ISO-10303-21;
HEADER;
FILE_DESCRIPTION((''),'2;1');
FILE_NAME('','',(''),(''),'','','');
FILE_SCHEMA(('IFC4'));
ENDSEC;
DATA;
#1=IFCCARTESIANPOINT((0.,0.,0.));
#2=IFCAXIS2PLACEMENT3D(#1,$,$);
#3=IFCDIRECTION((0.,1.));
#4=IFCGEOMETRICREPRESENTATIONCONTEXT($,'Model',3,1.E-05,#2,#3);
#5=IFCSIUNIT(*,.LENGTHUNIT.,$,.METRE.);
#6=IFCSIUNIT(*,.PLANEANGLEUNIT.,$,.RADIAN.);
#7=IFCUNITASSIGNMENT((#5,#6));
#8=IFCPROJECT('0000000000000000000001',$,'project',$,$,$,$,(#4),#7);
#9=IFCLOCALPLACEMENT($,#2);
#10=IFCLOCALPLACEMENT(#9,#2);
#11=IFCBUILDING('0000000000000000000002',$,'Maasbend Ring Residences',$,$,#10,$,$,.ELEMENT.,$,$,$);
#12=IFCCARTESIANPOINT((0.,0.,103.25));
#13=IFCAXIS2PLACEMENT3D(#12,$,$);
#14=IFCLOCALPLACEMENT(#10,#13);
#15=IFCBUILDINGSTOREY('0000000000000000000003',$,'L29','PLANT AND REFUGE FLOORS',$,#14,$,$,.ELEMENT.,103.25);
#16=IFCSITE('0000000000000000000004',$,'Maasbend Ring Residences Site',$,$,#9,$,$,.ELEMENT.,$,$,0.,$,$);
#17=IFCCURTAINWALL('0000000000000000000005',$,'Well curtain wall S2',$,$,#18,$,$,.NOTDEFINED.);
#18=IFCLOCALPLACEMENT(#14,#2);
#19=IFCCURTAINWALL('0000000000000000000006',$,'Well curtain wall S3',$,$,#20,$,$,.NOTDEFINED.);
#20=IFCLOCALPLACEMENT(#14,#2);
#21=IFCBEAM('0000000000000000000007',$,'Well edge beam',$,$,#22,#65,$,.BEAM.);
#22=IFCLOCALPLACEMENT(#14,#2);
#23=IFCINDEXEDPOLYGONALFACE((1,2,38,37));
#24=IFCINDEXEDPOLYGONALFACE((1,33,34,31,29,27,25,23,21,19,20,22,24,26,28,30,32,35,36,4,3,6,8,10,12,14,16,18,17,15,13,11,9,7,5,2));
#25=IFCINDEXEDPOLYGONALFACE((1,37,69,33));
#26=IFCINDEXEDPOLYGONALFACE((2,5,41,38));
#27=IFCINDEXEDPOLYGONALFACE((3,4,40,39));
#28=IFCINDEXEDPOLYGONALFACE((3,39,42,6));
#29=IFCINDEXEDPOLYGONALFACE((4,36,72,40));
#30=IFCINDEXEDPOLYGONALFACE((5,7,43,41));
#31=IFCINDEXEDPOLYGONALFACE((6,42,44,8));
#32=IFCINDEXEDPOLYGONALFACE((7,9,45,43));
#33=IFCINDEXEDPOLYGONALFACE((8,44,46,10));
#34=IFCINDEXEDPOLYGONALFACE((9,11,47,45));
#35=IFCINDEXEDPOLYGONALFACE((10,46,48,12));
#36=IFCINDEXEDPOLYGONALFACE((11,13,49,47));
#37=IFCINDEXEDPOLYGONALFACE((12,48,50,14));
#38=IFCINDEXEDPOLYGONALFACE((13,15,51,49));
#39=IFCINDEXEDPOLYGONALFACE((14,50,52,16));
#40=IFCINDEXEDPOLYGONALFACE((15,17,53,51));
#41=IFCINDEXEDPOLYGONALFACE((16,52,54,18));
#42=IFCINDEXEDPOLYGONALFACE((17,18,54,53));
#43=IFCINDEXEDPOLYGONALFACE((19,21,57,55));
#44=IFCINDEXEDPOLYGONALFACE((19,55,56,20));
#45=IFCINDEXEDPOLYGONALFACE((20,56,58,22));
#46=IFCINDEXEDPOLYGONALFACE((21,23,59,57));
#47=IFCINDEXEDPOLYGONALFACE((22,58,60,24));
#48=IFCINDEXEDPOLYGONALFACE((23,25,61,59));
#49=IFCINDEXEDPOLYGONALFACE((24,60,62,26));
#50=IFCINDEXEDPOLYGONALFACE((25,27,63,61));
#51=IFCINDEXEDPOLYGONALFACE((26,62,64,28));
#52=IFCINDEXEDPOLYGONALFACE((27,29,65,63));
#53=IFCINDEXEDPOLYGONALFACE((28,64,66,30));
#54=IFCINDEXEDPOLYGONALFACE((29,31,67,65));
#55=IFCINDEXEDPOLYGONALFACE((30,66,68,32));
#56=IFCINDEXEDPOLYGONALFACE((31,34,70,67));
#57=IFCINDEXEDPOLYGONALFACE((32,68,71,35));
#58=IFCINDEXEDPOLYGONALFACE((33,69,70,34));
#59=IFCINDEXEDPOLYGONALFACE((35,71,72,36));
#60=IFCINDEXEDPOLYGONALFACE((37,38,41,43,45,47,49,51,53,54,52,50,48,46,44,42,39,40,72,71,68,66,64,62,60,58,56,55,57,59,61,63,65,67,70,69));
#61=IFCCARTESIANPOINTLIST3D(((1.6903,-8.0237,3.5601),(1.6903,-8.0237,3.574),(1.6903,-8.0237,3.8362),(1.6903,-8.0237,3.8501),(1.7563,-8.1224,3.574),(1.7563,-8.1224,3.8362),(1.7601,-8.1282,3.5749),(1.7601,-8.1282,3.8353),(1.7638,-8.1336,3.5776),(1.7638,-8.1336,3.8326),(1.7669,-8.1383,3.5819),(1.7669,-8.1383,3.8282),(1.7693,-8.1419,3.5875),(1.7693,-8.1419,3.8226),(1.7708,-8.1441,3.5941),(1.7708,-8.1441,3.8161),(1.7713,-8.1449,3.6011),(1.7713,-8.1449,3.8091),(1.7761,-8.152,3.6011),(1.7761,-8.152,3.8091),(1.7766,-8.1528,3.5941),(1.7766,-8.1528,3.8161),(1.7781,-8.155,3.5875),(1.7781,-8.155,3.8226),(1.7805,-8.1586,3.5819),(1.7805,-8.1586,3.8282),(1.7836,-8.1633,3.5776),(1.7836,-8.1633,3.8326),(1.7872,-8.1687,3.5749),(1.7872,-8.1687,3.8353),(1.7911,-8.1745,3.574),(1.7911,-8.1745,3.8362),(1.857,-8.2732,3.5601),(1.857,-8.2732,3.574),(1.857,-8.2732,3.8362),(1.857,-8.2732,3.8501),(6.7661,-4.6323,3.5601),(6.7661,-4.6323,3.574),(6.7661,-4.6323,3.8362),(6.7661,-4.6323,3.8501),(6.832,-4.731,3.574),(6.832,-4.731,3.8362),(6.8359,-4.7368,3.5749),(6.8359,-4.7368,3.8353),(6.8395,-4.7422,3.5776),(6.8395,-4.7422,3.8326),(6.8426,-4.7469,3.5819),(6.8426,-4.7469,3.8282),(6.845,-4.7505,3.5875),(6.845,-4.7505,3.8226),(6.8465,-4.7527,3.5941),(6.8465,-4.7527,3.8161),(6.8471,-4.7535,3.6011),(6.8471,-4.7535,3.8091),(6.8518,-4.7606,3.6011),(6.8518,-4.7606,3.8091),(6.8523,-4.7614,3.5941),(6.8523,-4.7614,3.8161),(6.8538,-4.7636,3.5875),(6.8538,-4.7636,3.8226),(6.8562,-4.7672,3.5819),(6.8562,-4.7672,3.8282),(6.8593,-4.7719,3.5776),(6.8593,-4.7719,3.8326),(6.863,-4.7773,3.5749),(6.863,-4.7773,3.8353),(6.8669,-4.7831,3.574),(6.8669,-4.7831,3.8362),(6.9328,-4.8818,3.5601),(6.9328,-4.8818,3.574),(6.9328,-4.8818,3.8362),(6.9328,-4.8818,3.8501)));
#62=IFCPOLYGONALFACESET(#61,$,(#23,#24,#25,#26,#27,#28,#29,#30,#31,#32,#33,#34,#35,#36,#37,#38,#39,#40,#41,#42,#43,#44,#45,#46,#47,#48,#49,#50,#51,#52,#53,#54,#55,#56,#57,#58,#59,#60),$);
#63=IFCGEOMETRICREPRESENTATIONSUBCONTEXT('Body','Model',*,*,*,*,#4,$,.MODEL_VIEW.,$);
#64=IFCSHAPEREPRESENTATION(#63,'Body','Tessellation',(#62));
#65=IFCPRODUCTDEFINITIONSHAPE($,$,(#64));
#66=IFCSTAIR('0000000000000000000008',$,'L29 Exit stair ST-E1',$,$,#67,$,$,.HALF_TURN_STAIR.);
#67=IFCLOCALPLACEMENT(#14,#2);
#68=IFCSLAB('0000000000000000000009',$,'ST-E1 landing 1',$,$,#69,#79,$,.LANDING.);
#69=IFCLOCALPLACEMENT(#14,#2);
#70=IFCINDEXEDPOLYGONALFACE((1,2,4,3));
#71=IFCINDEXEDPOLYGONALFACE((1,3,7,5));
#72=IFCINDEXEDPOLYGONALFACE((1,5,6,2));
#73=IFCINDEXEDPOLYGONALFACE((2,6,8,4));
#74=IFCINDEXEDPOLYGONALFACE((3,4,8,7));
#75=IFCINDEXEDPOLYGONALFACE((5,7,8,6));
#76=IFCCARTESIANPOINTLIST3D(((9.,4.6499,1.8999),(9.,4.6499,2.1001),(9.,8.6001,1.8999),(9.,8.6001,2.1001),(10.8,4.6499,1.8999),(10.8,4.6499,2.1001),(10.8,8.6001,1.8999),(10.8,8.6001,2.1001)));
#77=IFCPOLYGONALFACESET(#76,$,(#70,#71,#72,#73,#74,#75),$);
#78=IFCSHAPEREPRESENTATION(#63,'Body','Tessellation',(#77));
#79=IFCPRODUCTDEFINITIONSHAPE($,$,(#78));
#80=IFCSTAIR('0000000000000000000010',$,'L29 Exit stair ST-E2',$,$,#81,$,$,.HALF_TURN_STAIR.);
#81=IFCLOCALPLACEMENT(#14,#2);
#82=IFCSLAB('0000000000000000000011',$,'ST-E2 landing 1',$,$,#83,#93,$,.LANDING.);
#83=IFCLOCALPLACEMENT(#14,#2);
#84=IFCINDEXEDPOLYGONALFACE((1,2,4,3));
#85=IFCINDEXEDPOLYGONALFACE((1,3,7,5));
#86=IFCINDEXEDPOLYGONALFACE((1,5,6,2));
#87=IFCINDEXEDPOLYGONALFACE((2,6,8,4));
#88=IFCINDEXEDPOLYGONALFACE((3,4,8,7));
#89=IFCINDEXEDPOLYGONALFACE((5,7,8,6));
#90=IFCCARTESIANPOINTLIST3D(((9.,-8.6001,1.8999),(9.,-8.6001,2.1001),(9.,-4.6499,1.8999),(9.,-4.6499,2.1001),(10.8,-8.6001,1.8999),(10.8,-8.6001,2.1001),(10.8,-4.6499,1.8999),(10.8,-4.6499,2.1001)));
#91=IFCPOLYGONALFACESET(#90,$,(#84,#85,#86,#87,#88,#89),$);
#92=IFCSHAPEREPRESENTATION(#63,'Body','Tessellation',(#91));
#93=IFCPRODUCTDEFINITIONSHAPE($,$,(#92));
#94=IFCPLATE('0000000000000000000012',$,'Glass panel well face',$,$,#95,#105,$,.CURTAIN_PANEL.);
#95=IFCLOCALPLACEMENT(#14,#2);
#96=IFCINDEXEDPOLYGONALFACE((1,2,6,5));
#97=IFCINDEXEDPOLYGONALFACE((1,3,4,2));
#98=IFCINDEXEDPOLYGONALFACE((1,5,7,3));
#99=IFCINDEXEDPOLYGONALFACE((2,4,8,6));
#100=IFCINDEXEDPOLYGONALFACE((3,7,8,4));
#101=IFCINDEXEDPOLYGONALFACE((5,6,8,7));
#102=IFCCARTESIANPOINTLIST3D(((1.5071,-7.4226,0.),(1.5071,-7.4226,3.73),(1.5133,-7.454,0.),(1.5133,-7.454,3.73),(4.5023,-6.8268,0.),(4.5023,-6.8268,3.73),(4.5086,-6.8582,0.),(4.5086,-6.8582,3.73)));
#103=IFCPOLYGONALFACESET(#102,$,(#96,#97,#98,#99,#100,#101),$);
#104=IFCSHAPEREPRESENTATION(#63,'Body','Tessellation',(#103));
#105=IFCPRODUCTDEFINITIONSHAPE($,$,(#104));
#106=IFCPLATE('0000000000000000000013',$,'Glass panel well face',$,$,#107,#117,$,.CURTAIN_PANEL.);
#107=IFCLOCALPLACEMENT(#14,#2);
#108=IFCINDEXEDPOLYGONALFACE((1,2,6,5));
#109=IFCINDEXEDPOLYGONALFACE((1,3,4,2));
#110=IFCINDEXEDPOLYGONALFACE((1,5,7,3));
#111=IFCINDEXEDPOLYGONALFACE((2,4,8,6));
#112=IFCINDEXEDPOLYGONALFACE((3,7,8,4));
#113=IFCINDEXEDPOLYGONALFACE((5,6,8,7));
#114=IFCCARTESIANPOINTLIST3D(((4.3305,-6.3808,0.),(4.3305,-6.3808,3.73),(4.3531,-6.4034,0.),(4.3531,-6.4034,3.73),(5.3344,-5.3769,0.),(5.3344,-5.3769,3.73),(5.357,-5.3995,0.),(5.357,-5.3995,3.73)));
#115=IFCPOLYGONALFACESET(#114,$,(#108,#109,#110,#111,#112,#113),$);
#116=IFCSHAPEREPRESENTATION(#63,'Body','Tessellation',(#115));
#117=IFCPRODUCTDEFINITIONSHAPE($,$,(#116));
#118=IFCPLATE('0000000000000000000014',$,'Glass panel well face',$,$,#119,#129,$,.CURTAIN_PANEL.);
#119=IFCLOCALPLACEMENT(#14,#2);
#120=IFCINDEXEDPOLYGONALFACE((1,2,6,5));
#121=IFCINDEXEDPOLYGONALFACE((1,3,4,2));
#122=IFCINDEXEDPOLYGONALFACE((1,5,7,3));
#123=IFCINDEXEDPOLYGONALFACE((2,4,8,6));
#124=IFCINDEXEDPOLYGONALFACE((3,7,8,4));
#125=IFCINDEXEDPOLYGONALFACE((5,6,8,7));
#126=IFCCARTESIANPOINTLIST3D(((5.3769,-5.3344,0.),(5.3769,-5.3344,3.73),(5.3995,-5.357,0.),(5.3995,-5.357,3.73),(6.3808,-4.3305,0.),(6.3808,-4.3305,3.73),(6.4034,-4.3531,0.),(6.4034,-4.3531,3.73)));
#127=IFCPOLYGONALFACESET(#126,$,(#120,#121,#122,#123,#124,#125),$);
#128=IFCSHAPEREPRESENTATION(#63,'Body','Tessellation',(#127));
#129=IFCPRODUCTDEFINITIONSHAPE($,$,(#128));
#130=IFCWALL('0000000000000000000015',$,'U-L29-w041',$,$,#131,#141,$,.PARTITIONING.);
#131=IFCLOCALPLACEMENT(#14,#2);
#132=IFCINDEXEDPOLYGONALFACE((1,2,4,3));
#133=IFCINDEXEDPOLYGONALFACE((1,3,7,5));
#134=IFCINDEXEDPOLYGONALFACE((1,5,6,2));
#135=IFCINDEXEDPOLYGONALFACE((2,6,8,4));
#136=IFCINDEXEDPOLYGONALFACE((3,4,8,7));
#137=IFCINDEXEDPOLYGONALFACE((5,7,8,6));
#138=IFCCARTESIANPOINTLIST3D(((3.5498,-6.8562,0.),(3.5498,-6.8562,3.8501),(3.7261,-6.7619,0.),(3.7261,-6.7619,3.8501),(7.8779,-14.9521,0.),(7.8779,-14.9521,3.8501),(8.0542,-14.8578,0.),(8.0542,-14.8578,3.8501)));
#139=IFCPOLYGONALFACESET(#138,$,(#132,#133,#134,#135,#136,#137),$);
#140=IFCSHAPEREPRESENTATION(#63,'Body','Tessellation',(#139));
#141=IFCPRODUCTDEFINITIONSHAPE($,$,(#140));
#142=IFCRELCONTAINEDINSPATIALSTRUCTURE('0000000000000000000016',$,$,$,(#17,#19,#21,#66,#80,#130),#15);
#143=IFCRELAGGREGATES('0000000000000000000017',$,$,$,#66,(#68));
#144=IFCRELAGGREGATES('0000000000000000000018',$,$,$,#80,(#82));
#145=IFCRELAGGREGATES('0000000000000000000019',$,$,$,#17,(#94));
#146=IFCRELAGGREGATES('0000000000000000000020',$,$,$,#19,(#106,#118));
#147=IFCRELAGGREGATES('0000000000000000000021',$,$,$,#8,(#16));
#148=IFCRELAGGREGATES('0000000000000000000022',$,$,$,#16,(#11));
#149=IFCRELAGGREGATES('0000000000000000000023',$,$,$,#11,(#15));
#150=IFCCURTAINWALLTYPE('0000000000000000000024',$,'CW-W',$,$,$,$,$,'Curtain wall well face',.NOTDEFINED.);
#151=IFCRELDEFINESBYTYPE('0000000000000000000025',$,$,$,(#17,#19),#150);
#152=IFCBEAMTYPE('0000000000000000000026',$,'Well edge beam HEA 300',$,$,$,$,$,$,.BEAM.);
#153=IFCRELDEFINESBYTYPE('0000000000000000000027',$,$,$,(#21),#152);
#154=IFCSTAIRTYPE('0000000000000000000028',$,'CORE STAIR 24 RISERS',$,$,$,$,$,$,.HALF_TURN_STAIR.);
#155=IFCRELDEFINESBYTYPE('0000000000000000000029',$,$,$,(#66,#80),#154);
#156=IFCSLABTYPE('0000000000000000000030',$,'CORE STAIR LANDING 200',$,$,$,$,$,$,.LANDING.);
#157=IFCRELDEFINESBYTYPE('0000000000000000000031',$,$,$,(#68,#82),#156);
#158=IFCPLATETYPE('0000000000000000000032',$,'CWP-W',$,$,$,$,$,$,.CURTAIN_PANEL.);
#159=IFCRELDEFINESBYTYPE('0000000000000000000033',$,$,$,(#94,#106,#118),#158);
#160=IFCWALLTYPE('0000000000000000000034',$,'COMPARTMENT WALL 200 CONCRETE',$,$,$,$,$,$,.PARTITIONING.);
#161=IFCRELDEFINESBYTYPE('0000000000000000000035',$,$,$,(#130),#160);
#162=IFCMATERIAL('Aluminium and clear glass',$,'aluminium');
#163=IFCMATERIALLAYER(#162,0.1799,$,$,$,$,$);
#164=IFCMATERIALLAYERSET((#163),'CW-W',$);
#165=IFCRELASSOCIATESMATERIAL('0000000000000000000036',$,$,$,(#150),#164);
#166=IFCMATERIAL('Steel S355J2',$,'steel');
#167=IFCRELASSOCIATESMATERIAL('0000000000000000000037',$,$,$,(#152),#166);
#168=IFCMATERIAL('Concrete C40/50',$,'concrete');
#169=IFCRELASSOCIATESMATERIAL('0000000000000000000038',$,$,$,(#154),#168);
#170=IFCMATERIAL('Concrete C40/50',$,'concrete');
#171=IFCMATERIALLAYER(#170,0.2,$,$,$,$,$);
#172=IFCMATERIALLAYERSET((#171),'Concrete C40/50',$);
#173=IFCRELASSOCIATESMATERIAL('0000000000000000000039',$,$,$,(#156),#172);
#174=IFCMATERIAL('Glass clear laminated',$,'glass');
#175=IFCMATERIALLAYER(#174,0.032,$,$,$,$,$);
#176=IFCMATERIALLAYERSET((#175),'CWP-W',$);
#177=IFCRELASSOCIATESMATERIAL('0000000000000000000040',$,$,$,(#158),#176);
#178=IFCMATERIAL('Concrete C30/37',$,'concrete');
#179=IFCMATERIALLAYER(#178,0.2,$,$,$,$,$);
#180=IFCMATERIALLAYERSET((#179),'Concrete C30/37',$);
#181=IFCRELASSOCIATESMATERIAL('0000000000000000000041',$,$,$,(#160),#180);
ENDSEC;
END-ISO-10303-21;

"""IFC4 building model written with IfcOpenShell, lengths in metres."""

from ifc_helpers import new_model, si_unit, direction, frame, frame_2d, origin, origin_2d, place, context, subcontext, project, spatial, polyline, rectangle, i_section, outline, extrude, material, layer, layer_set, material_profile, profile_set, type_object, element, aggregate, save


model = new_model("IFC4")

# Units and contexts
model_context = context("Model", 3, precision=1e-05, world=origin(), true_north=direction((0.0, 1.0)))
body_context = subcontext(model_context, "Body", "Model", "MODEL_VIEW")
ifc_project = project(units=[si_unit("LENGTHUNIT", "METRE"), si_unit("PLANEANGLEUNIT", "RADIAN")], contexts=[model_context])

# Site, building, storey
site_placement = place(None, origin())
site = spatial("IfcSite", under=ifc_project, at=site_placement, Name="Maasbend Ring Residences Site", CompositionType="ELEMENT", RefElevation=0.0)
building_placement = place(site_placement, origin())
building = spatial("IfcBuilding", under=site, at=building_placement, Name="Maasbend Ring Residences", CompositionType="ELEMENT")
storey_placement = place(building_placement, frame((0.0, 0.0, 103.25)))
storey = spatial("IfcBuildingStorey", under=building, at=storey_placement, Name="L29", Description="PLANT AND REFUGE FLOORS", CompositionType="ELEMENT", Elevation=103.25)

# Curtain walls
ifc_material_1 = material(Name="Aluminium and clear glass", Category="aluminium")
ifc_layer_1 = layer(ifc_material_1, 0.1799)
ifc_layer_set_1 = layer_set([ifc_layer_1], Name="CW-W")
curtain_wall_type = type_object("IfcCurtainWallType", Name="CW-W", ElementType="Curtain wall well face", PredefinedType="NOTDEFINED", material=ifc_layer_set_1)
curtain_wall_1_placement = place(storey_placement, origin())
curtain_wall_1 = element("IfcCurtainWall", 1, at=curtain_wall_1_placement, inside=storey, type_object=curtain_wall_type, Name="Well curtain wall S2", PredefinedType="NOTDEFINED")
curtain_wall_2_placement = place(storey_placement, origin())
curtain_wall_2 = element("IfcCurtainWall", 2, at=curtain_wall_2_placement, inside=storey, type_object=curtain_wall_type, Name="Well curtain wall S3", PredefinedType="NOTDEFINED")

# Beam
ifc_material_2 = material(Name="Steel S355J2", Category="steel")
ifc_material_profile_1 = material_profile(ifc_material_2, i_section(OverallWidth=0.3, OverallDepth=0.29, WebThickness=0.0085, FlangeThickness=0.0139, FilletRadius=0.0271, at=origin_2d()), Name="HEA 300")
ifc_profile_set_1 = profile_set([ifc_material_profile_1], Name="Steel S355J2")
beam_type = type_object("IfcBeamType", Name="Well edge beam HEA 300", PredefinedType="BEAM", material=ifc_profile_set_1)
beam_placement = place(storey_placement, frame((1.7737, -8.1484, 3.7051), z_axis=(0.831478, 0.555558, 0.0), x_axis=(-0.555558, 0.831478, 0.0)))
element("IfcBeam", 3, at=beam_placement, inside=storey, type_object=beam_type, Name="Well edge beam", PredefinedType="BEAM", context=body_context, shape_type="SweptSolid", body=[
    extrude(i_section(OverallWidth=0.3, OverallDepth=0.29, WebThickness=0.0085, FlangeThickness=0.0139, FilletRadius=0.0271, at=origin_2d()), origin(), (0.0, 0.0, 1.0), 6.1045),
])

# Stairs, slabs
ifc_material_3 = material(Name="Concrete C40/50", Category="concrete")
stair_type = type_object("IfcStairType", Name="CORE STAIR 24 RISERS", PredefinedType="HALF_TURN_STAIR", material=ifc_material_3)
stair_1_placement = place(storey_placement, origin())
stair_1 = element("IfcStair", 4, at=stair_1_placement, inside=storey, type_object=stair_type, Name="L29 Exit stair ST-E1", PredefinedType="HALF_TURN_STAIR")
ifc_material_4 = material(Name="Concrete C40/50", Category="concrete")
ifc_layer_2 = layer(ifc_material_4, 0.2)
ifc_layer_set_2 = layer_set([ifc_layer_2], Name="Concrete C40/50")
slab_type_1 = type_object("IfcSlabType", Name="CORE STAIR LANDING 200", PredefinedType="LANDING", material=ifc_layer_set_2)
slab_1_placement = place(storey_placement, frame((0.0, 0.0, 1.8999)))
slab_1 = element("IfcSlab", 5, at=slab_1_placement, type_object=slab_type_1, Name="ST-E1 landing 1", PredefinedType="LANDING", context=body_context, shape_type="SweptSolid", body=[
    extrude(outline(polyline([(10.8, 8.6001), (9.0, 8.6001), (9.0, 4.6499), (10.8, 4.6499), (10.8, 8.6001)])), origin(), (0.0, 0.0, 1.0), 0.2002),
])
aggregate(stair_1, [slab_1])
stair_2_placement = place(storey_placement, origin())
stair_2 = element("IfcStair", 6, at=stair_2_placement, inside=storey, type_object=stair_type, Name="L29 Exit stair ST-E2", PredefinedType="HALF_TURN_STAIR")
slab_2_placement = place(storey_placement, frame((0.0, 0.0, 1.8999)))
slab_2 = element("IfcSlab", 7, at=slab_2_placement, type_object=slab_type_1, Name="ST-E2 landing 1", PredefinedType="LANDING", context=body_context, shape_type="SweptSolid", body=[
    extrude(outline(polyline([(10.8, -4.6499), (9.0, -4.6499), (9.0, -8.6001), (10.8, -8.6001), (10.8, -4.6499)])), origin(), (0.0, 0.0, 1.0), 0.2002),
])
aggregate(stair_2, [slab_2])

# Plates
ifc_material_5 = material(Name="Glass clear laminated", Category="glass")
ifc_layer_3 = layer(ifc_material_5, 0.032)
ifc_layer_set_3 = layer_set([ifc_layer_3], Name="CWP-W")
plate_type = type_object("IfcPlateType", Name="CWP-W", PredefinedType="CURTAIN_PANEL", material=ifc_layer_set_3)
plate_1_placement = place(storey_placement, frame((3.0078, -7.1404, 0.0), z_axis=(0.0, 0.0, 1.0), x_axis=(0.980785, 0.19509, 0.0)))
plate_1 = element("IfcPlate", 8, at=plate_1_placement, type_object=plate_type, Name="Glass panel well face", PredefinedType="CURTAIN_PANEL", context=body_context, shape_type="SweptSolid", body=[
    extrude(rectangle(XDim=3.054, YDim=0.032, at=origin_2d()), origin(), (0.0, 0.0, 1.0), 3.73),
])
aggregate(curtain_wall_1, [plate_1])
plate_2_placement = place(storey_placement, frame((4.8438, -5.8901, 0.0), z_axis=(0.0, 0.0, 1.0), x_axis=(0.707107, 0.707107, 0.0)))
plate_2 = element("IfcPlate", 9, at=plate_2_placement, type_object=plate_type, Name="Glass panel well face", PredefinedType="CURTAIN_PANEL", context=body_context, shape_type="SweptSolid", body=[
    extrude(rectangle(XDim=1.4197, YDim=0.032, at=origin_2d()), origin(), (0.0, 0.0, 1.0), 3.73),
])
plate_3_placement = place(storey_placement, frame((5.8901, -4.8438, 0.0), z_axis=(0.0, 0.0, 1.0), x_axis=(0.707107, 0.707107, 0.0)))
plate_3 = element("IfcPlate", 10, at=plate_3_placement, type_object=plate_type, Name="Glass panel well face", PredefinedType="CURTAIN_PANEL", context=body_context, shape_type="SweptSolid", body=[
    extrude(rectangle(XDim=1.4197, YDim=0.032, at=origin_2d()), origin(), (0.0, 0.0, 1.0), 3.73),
])
aggregate(curtain_wall_2, [plate_2, plate_3])

# Wall
ifc_material_6 = material(Name="Concrete C30/37", Category="concrete")
ifc_layer_4 = layer(ifc_material_6, 0.2)
ifc_layer_set_4 = layer_set([ifc_layer_4], Name="Concrete C30/37")
wall_type = type_object("IfcWallType", Name="COMPARTMENT WALL 200 CONCRETE", PredefinedType="PARTITIONING", material=ifc_layer_set_4)
wall_placement = place(storey_placement, frame((3.6379, -6.8091, 0.0), z_axis=(0.0, 0.0, 1.0), x_axis=(0.47146, -0.881887, 0.0)))
element("IfcWall", 11, at=wall_placement, inside=storey, type_object=wall_type, Name="U-L29-w041", PredefinedType="PARTITIONING", context=body_context, shape_type="SweptSolid", body=[
    extrude(rectangle(XDim=9.1802, YDim=0.2, at=frame_2d((4.5901, 0.0))), origin(), (0.0, 0.0, 1.0), 3.8501),
])

save(model, "model.ifc")
